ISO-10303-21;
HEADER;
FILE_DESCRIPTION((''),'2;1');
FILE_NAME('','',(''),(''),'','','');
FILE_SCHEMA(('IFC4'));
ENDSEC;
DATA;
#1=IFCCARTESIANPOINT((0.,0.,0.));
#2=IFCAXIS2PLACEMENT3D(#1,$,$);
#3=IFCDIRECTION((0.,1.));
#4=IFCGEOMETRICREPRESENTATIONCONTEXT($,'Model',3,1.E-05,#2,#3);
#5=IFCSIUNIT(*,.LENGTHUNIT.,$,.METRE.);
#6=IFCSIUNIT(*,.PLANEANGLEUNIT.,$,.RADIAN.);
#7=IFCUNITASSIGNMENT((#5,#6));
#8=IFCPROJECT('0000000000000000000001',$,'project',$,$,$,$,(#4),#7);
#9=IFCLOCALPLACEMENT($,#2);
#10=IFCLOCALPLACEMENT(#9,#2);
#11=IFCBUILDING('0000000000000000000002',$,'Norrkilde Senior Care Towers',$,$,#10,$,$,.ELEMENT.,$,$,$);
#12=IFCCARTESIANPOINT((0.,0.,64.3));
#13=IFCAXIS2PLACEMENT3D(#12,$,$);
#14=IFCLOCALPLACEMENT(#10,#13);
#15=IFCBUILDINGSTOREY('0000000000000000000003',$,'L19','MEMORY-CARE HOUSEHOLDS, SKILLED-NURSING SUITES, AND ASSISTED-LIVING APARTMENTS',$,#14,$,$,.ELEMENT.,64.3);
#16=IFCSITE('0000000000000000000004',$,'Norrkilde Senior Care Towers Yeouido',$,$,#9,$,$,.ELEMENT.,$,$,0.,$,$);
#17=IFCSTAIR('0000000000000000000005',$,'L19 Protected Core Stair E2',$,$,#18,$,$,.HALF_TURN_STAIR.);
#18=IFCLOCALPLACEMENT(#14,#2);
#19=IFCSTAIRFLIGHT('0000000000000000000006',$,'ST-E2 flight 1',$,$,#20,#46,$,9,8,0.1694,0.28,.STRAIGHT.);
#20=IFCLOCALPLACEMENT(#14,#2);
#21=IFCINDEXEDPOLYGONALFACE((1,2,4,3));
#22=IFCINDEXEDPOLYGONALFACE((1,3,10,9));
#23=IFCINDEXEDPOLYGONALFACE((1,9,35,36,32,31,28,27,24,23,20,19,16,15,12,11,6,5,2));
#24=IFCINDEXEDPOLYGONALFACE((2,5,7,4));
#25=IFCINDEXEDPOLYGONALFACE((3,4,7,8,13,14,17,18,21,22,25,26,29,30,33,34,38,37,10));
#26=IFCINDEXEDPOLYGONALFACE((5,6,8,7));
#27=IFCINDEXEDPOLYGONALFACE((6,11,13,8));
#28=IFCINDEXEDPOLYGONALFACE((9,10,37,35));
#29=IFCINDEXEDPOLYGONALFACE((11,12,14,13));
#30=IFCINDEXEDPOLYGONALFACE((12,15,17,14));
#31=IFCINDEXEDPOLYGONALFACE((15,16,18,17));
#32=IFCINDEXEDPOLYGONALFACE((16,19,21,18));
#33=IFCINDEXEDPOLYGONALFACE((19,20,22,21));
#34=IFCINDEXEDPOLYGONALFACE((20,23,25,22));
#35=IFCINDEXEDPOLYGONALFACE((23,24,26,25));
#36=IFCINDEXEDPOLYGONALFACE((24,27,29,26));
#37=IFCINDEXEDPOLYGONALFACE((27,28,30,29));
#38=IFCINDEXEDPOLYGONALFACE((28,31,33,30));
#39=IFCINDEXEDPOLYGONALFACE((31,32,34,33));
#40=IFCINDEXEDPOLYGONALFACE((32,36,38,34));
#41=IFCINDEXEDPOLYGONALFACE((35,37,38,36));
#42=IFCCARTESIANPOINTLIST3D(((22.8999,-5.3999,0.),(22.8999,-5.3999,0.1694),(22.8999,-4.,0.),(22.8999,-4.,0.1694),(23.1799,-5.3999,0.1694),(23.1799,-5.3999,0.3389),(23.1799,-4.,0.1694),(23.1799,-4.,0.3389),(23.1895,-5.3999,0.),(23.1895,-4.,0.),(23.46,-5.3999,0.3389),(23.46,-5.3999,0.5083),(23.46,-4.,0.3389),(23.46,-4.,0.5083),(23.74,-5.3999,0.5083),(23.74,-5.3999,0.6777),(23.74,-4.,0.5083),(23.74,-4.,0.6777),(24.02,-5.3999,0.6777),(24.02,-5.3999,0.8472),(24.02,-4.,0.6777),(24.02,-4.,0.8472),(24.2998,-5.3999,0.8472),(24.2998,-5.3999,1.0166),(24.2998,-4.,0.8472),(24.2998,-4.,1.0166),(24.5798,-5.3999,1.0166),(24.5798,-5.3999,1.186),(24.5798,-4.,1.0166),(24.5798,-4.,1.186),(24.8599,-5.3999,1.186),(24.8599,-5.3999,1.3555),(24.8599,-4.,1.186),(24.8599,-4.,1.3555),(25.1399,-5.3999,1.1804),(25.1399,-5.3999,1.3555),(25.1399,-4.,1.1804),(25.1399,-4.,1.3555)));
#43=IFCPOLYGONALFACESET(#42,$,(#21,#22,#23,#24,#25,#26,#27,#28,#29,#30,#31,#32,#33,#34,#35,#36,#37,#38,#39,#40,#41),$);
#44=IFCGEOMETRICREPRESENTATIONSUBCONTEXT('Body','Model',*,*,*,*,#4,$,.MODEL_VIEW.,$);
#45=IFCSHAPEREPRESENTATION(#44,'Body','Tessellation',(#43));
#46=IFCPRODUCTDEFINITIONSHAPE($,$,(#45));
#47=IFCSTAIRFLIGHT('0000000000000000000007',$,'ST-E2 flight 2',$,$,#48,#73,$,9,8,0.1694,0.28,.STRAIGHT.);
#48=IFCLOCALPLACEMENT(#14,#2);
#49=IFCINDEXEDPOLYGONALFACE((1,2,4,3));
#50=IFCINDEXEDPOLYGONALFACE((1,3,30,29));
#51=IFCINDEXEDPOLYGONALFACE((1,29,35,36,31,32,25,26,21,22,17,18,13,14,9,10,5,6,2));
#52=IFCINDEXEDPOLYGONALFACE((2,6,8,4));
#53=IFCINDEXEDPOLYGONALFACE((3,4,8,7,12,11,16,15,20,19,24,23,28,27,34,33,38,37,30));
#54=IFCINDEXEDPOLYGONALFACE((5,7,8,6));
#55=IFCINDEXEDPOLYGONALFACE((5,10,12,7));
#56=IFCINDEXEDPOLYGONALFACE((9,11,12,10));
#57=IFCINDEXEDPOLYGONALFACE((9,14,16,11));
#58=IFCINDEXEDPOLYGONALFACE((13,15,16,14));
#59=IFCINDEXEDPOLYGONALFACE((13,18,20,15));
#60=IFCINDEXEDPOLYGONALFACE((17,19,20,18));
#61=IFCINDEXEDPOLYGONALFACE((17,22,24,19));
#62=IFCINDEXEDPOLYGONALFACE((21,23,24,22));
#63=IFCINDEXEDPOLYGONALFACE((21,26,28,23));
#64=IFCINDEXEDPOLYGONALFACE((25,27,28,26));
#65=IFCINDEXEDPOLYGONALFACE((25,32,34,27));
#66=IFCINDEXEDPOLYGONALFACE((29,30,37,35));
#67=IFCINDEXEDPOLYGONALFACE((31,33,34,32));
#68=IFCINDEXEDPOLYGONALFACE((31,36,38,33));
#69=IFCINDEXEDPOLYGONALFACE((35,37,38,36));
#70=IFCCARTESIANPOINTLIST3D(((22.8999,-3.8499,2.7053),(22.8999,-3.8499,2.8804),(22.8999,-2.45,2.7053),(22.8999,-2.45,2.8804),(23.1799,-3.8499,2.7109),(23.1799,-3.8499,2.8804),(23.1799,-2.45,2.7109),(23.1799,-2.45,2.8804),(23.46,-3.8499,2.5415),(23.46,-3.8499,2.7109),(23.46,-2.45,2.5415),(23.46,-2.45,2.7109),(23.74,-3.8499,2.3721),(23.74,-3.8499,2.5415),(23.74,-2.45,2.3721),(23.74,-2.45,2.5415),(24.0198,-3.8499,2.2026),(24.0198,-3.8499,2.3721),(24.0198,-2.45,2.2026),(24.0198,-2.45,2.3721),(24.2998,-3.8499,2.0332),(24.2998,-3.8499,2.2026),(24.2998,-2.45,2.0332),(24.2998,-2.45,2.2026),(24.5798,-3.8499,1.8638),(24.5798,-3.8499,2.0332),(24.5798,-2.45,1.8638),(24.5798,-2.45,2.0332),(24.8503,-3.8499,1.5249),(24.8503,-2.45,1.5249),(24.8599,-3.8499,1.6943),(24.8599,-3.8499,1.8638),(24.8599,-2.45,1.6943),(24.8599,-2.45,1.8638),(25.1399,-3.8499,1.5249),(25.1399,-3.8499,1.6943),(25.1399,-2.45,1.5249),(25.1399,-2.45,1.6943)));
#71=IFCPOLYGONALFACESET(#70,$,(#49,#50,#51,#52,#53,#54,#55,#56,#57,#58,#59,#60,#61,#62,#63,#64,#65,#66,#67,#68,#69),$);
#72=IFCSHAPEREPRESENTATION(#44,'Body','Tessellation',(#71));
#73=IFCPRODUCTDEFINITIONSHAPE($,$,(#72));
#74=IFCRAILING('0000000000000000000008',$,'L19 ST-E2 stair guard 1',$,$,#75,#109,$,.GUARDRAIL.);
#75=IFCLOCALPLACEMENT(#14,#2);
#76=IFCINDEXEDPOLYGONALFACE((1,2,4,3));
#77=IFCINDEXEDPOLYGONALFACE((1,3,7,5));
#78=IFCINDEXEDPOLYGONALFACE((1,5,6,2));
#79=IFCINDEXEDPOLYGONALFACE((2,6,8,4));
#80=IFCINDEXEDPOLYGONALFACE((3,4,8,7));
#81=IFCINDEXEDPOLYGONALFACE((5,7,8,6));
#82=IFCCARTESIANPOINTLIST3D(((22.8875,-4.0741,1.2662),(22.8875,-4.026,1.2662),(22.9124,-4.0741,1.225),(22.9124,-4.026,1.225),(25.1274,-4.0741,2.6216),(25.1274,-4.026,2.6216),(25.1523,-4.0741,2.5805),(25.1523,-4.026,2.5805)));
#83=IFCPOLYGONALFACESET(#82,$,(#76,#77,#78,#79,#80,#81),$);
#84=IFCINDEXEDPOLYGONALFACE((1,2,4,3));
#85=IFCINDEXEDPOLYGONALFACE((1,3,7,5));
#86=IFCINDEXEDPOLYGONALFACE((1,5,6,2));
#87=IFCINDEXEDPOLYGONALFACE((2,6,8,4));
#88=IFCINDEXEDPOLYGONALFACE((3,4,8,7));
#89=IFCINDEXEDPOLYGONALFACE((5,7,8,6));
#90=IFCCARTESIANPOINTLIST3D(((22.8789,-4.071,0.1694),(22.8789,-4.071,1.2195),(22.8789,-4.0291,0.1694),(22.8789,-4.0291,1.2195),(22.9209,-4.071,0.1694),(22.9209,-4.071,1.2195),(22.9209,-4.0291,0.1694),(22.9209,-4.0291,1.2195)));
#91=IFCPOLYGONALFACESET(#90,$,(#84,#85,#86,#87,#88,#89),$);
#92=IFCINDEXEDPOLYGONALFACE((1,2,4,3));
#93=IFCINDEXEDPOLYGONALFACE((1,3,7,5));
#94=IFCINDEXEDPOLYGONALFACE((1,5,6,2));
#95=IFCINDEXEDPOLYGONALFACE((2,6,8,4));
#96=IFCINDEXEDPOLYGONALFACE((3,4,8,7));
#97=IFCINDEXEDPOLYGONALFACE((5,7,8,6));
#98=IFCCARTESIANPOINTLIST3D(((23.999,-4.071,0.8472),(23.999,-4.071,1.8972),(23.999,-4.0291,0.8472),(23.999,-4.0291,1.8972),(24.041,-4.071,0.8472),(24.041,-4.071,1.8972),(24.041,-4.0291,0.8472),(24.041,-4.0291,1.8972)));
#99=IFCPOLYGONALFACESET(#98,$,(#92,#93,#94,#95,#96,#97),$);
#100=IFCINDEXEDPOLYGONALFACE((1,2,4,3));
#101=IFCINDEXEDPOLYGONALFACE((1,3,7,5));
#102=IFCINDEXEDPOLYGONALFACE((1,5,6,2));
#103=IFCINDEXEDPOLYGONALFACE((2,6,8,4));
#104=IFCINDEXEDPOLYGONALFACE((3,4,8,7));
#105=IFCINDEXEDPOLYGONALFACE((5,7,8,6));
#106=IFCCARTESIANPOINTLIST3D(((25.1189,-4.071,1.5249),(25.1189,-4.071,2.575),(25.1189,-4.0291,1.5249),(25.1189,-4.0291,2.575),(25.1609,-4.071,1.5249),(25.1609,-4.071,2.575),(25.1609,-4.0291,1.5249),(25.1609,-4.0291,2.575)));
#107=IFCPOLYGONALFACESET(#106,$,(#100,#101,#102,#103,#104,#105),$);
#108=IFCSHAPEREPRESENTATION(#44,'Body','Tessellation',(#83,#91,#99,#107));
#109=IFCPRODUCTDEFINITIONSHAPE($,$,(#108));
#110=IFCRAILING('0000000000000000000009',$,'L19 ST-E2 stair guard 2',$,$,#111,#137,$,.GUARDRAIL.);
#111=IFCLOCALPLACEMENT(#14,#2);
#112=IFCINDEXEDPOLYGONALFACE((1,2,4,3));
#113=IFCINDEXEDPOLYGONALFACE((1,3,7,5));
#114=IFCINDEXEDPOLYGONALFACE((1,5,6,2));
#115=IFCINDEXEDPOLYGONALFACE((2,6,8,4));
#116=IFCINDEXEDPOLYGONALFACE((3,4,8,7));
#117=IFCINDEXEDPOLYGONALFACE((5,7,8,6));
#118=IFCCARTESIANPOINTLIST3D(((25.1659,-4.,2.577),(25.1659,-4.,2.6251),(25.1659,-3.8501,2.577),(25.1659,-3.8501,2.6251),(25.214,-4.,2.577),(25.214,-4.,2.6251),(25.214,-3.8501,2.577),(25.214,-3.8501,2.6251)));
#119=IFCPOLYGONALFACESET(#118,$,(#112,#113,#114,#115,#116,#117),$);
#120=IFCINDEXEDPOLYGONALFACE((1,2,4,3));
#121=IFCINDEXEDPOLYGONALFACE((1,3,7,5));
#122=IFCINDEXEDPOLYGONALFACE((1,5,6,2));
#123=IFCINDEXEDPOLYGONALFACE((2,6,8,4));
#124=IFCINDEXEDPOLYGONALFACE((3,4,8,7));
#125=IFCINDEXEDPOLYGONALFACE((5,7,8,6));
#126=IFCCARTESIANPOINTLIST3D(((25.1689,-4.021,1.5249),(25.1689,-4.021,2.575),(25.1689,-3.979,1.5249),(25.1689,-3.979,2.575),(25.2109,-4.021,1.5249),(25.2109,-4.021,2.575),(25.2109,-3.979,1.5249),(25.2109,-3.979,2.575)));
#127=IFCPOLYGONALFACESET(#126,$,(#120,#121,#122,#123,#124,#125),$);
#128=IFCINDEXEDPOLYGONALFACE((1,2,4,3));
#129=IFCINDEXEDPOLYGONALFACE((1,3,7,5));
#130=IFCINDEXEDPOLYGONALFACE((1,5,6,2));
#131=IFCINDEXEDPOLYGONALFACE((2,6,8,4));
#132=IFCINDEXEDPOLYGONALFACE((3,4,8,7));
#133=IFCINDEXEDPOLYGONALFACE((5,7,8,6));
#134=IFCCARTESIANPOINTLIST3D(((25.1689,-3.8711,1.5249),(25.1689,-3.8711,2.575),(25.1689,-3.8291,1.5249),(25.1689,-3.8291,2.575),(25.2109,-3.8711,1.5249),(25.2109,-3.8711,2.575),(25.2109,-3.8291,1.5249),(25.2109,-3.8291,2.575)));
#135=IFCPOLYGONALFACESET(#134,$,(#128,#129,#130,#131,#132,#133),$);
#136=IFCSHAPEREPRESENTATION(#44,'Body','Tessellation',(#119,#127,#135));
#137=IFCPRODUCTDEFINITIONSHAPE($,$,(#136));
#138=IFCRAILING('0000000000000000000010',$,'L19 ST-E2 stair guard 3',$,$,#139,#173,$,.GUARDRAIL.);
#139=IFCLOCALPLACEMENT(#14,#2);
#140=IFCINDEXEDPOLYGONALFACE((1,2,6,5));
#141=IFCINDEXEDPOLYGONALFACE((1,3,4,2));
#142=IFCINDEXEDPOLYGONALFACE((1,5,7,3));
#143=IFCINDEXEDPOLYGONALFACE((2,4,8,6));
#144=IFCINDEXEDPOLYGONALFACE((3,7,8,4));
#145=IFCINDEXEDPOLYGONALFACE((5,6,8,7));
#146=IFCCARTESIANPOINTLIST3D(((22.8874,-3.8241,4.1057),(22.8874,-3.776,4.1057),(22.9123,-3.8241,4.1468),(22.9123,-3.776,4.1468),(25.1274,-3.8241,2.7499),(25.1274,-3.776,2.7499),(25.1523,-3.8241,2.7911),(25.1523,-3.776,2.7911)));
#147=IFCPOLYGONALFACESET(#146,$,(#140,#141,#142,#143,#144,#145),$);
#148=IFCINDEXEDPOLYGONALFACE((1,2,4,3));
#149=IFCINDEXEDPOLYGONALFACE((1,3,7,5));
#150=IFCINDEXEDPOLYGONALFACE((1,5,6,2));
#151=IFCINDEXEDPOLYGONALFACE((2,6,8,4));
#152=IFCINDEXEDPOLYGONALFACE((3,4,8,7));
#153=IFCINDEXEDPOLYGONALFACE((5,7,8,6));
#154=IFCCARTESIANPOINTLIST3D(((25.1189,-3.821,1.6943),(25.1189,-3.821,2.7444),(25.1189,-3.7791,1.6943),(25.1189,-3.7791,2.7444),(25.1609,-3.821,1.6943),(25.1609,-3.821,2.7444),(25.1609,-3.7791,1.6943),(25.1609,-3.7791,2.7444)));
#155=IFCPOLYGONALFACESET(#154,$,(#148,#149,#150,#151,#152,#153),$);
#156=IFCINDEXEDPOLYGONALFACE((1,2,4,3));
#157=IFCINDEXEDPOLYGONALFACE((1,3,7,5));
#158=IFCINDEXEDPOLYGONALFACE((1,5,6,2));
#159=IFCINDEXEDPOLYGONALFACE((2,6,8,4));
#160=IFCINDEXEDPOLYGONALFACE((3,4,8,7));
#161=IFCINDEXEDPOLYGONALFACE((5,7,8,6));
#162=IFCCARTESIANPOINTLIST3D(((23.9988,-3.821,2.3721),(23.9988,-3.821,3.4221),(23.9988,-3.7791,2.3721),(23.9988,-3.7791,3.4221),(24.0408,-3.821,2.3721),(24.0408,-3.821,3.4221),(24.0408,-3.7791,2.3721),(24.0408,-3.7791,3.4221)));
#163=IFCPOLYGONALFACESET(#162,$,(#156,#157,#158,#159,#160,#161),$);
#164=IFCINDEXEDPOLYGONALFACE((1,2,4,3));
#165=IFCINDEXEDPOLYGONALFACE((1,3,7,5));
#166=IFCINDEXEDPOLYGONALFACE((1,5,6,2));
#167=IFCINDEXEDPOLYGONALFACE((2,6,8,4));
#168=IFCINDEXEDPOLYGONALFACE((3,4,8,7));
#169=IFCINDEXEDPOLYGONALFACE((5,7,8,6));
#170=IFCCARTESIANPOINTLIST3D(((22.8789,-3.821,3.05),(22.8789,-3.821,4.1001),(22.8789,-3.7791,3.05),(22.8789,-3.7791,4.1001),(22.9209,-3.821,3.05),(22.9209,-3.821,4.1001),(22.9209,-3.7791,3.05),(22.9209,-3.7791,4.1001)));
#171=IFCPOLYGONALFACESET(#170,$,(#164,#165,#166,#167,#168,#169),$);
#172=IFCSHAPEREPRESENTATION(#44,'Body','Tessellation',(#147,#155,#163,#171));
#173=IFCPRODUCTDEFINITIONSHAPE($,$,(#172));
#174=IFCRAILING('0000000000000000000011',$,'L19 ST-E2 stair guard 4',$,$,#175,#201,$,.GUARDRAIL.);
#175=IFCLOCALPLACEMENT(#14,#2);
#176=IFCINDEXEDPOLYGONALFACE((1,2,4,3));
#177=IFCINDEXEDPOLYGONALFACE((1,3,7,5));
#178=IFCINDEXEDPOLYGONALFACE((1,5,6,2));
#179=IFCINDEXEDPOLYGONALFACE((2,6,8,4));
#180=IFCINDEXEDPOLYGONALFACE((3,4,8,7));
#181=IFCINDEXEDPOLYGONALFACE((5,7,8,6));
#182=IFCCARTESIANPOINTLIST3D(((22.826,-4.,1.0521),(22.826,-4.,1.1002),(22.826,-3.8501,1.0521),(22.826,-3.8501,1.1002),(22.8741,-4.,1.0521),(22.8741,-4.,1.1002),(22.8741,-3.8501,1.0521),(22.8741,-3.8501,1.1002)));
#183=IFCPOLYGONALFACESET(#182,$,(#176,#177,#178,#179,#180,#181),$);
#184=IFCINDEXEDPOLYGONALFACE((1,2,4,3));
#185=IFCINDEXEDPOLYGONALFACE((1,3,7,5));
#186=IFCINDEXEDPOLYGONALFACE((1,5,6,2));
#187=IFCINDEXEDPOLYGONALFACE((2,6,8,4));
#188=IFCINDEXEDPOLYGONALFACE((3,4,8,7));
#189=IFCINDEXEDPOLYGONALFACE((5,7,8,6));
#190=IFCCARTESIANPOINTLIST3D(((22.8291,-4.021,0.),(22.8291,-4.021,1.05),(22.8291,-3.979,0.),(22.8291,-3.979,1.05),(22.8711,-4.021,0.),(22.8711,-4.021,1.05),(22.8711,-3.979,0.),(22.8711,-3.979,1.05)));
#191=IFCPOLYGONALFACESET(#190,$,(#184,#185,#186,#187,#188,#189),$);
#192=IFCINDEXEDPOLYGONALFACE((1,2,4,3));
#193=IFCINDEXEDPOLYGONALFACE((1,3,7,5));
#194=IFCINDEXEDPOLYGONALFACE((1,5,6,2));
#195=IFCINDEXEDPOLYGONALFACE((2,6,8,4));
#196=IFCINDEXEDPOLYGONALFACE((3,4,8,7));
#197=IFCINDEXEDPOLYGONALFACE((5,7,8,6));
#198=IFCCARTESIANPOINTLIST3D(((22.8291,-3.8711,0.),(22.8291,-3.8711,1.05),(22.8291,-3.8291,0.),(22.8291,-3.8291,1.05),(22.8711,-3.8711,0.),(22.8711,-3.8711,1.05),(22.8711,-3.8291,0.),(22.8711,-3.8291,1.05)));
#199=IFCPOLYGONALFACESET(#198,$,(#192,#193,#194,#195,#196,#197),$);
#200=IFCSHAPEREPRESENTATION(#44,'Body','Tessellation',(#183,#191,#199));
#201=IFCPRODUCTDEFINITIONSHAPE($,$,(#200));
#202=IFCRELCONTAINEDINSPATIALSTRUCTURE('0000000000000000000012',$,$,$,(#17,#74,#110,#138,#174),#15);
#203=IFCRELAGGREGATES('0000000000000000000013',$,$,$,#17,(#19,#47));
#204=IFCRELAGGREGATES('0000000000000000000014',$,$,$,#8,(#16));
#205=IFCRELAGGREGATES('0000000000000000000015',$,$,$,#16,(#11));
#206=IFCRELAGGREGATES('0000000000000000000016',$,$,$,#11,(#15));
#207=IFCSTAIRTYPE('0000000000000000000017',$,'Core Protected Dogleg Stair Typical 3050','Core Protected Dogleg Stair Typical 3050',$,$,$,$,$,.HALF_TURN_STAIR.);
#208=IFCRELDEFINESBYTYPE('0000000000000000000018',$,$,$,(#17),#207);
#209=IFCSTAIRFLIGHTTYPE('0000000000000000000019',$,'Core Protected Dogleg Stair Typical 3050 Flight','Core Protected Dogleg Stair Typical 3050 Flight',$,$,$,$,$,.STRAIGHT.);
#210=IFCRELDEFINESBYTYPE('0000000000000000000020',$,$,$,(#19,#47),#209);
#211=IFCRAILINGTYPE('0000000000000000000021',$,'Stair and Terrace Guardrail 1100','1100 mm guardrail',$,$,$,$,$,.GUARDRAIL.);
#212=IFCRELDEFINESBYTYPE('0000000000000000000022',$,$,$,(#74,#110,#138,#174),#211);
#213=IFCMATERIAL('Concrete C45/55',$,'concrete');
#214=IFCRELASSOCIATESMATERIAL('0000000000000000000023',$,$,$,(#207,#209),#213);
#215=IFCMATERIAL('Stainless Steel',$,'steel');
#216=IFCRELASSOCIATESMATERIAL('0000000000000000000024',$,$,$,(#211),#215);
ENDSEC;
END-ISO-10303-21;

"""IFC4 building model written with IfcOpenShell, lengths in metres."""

from ifc_helpers import new_model, si_unit, direction, frame, origin, origin_2d, place, context, subcontext, project, spatial, polyline, rectangle, outline, extrude, material, type_object, element, aggregate, save


model = new_model("IFC4")

# Units and contexts
model_context = context("Model", 3, precision=1e-05, world=origin(), true_north=direction((0.0, 1.0)))
body_context = subcontext(model_context, "Body", "Model", "MODEL_VIEW")
ifc_project = project(units=[si_unit("LENGTHUNIT", "METRE"), si_unit("PLANEANGLEUNIT", "RADIAN")], contexts=[model_context])

# Site, building, storey
site_placement = place(None, origin())
site = spatial("IfcSite", under=ifc_project, at=site_placement, Name="Norrkilde Senior Care Towers Yeouido", CompositionType="ELEMENT", RefElevation=0.0)
building_placement = place(site_placement, origin())
building = spatial("IfcBuilding", under=site, at=building_placement, Name="Norrkilde Senior Care Towers", CompositionType="ELEMENT")
storey_placement = place(building_placement, frame((0.0, 0.0, 64.3)))
storey = spatial("IfcBuildingStorey", under=building, at=storey_placement, Name="L19", Description="MEMORY-CARE HOUSEHOLDS, SKILLED-NURSING SUITES, AND ASSISTED-LIVING APARTMENTS", CompositionType="ELEMENT", Elevation=64.3)

# Shared definitions
ifc_material_1 = material(Name="Concrete C45/55", Category="concrete")
ifc_material_2 = material(Name="Stainless Steel", Category="steel")

# Stair, stair flights
stair_type = type_object("IfcStairType", Name="Core Protected Dogleg Stair Typical 3050", Description="Core Protected Dogleg Stair Typical 3050", PredefinedType="HALF_TURN_STAIR", material=ifc_material_1)
stair_placement = place(storey_placement, origin())
stair = element("IfcStair", 1, at=stair_placement, inside=storey, type_object=stair_type, Name="L19 Protected Core Stair E2", PredefinedType="HALF_TURN_STAIR")
stair_flight_type = type_object("IfcStairFlightType", Name="Core Protected Dogleg Stair Typical 3050 Flight", Description="Core Protected Dogleg Stair Typical 3050 Flight", PredefinedType="STRAIGHT", material=ifc_material_1)
stair_flight_1_placement = place(storey_placement, frame((22.8999, -4.7, 0.0), z_axis=(0.0, 0.0, 1.0), x_axis=(1.0, 0.0, 0.0)))
stair_flight_1 = element("IfcStairFlight", 2, at=stair_flight_1_placement, type_object=stair_flight_type, Name="ST-E2 flight 1", NumberOfRisers=9, NumberOfTreads=8, PredefinedType="STRAIGHT", RiserHeight=0.1694, TreadLength=0.28, context=body_context, shape_type="SweptSolid", body=[
    extrude(outline(polyline([(0.0, 0.0), (0.0, 0.1694), (0.28, 0.1694), (0.28, 0.3389), (0.5601, 0.3389), (0.5601, 0.5083), (0.8401, 0.5083), (0.8401, 0.6777), (1.1201, 0.6777), (1.1201, 0.8472), (1.3999, 0.8472), (1.3999, 1.0166), (1.6799, 1.0166), (1.6799, 1.186), (1.96, 1.186), (1.96, 1.3555), (2.24, 1.3555), (2.24, 1.5249), (2.24, 1.1804), (0.2896, 0.0), (0.0, 0.0)])), frame((0.0, 0.7, 0.0), z_axis=(0.0, -1.0, 0.0), x_axis=(1.0, 0.0, 0.0)), (0.0, 0.0, 1.0), 1.3999),
])
stair_flight_2_placement = place(storey_placement, frame((25.1399, -3.1499, 1.5249), z_axis=(0.0, 0.0, 1.0), x_axis=(-1.0, 0.0, 0.0)))
stair_flight_2 = element("IfcStairFlight", 3, at=stair_flight_2_placement, type_object=stair_flight_type, Name="ST-E2 flight 2", NumberOfRisers=9, NumberOfTreads=8, PredefinedType="STRAIGHT", RiserHeight=0.1694, TreadLength=0.28, context=body_context, shape_type="SweptSolid", body=[
    extrude(outline(polyline([(0.0, 0.0), (0.0, 0.1694), (0.28, 0.1694), (0.28, 0.3389), (0.5601, 0.3389), (0.5601, 0.5083), (0.8401, 0.5083), (0.8401, 0.6777), (1.1201, 0.6777), (1.1201, 0.8472), (1.3999, 0.8472), (1.3999, 1.0166), (1.6799, 1.0166), (1.6799, 1.186), (1.96, 1.186), (1.96, 1.3555), (2.24, 1.3555), (2.24, 1.5249), (2.24, 1.1804), (0.2896, 0.0), (0.0, 0.0)])), frame((0.0, 0.7, 0.0), z_axis=(0.0, -1.0, 0.0), x_axis=(1.0, 0.0, 0.0)), (0.0, 0.0, 1.0), 1.3999),
])
aggregate(stair, [stair_flight_1, stair_flight_2])

# Railings
railing_type_1 = type_object("IfcRailingType", Name="Stair and Terrace Guardrail 1100", Description="1100 mm guardrail", PredefinedType="GUARDRAIL", material=ifc_material_2)
railing_1_placement = place(storey_placement, frame((22.8999, -4.05, 0.1694)))
element("IfcRailing", 4, at=railing_1_placement, inside=storey, type_object=railing_type_1, Name="L19 ST-E2 stair guard 1", PredefinedType="GUARDRAIL", context=body_context, shape_type="SweptSolid", body=[
    extrude(rectangle(XDim=0.0481, YDim=0.0481, at=origin_2d()), frame((0.0, 0.0, 1.0762), z_axis=(0.855553, 0.0, 0.517715), x_axis=(0.0, 1.0, 0.0)), (0.0, 0.0, 1.0), 2.6182),
    extrude(rectangle(XDim=0.042, YDim=0.042, at=origin_2d()), origin(), (0.0, 0.0, 1.0), 1.05),
    extrude(rectangle(XDim=0.042, YDim=0.042, at=origin_2d()), frame((1.1201, 0.0, 0.6777)), (0.0, 0.0, 1.0), 1.05),
    extrude(rectangle(XDim=0.042, YDim=0.042, at=origin_2d()), frame((2.24, 0.0, 1.3555)), (0.0, 0.0, 1.0), 1.05),
])
railing_2_placement = place(storey_placement, frame((25.1899, -4.0, 1.5249)))
element("IfcRailing", 5, at=railing_2_placement, inside=storey, type_object=railing_type_1, Name="L19 ST-E2 stair guard 2", PredefinedType="GUARDRAIL", context=body_context, shape_type="SweptSolid", body=[
    extrude(rectangle(XDim=0.0481, YDim=0.0481, at=origin_2d()), frame((0.0, 0.0, 1.0762), z_axis=(0.0, 1.0, 0.0), x_axis=(-1.0, 0.0, 0.0)), (0.0, 0.0, 1.0), 0.1499),
    extrude(rectangle(XDim=0.042, YDim=0.042, at=origin_2d()), origin(), (0.0, 0.0, 1.0), 1.05),
    extrude(rectangle(XDim=0.042, YDim=0.042, at=origin_2d()), frame((0.0, 0.1499, 0.0)), (0.0, 0.0, 1.0), 1.05),
])
railing_3_placement = place(storey_placement, frame((25.1399, -3.8, 1.6943)))
element("IfcRailing", 6, at=railing_3_placement, inside=storey, type_object=railing_type_1, Name="L19 ST-E2 stair guard 3", PredefinedType="GUARDRAIL", context=body_context, shape_type="SweptSolid", body=[
    extrude(rectangle(XDim=0.0481, YDim=0.0481, at=origin_2d()), frame((0.0, 0.0, 1.0762), z_axis=(-0.855512, 0.0, 0.517783), x_axis=(0.0, -1.0, 0.0)), (0.0, 0.0, 1.0), 2.6184),
    extrude(rectangle(XDim=0.042, YDim=0.042, at=origin_2d()), origin(), (0.0, 0.0, 1.0), 1.05),
    extrude(rectangle(XDim=0.042, YDim=0.042, at=origin_2d()), frame((-1.1201, 0.0, 0.6777)), (0.0, 0.0, 1.0), 1.05),
    extrude(rectangle(XDim=0.042, YDim=0.042, at=origin_2d()), frame((-2.24, 0.0, 1.3557)), (0.0, 0.0, 1.0), 1.05),
])
railing_4_placement = place(storey_placement, frame((22.8501, -4.0, 0.0)))
element("IfcRailing", 7, at=railing_4_placement, inside=storey, type_object=railing_type_1, Name="L19 ST-E2 stair guard 4", PredefinedType="GUARDRAIL", context=body_context, shape_type="SweptSolid", body=[
    extrude(rectangle(XDim=0.0481, YDim=0.0481, at=origin_2d()), frame((0.0, 0.0, 1.0762), z_axis=(0.0, 1.0, 0.0), x_axis=(-1.0, 0.0, 0.0)), (0.0, 0.0, 1.0), 0.1499),
    extrude(rectangle(XDim=0.042, YDim=0.042, at=origin_2d()), origin(), (0.0, 0.0, 1.0), 1.05),
    extrude(rectangle(XDim=0.042, YDim=0.042, at=origin_2d()), frame((0.0, 0.1499, 0.0)), (0.0, 0.0, 1.0), 1.05),
])

save(model, "model.ifc")
